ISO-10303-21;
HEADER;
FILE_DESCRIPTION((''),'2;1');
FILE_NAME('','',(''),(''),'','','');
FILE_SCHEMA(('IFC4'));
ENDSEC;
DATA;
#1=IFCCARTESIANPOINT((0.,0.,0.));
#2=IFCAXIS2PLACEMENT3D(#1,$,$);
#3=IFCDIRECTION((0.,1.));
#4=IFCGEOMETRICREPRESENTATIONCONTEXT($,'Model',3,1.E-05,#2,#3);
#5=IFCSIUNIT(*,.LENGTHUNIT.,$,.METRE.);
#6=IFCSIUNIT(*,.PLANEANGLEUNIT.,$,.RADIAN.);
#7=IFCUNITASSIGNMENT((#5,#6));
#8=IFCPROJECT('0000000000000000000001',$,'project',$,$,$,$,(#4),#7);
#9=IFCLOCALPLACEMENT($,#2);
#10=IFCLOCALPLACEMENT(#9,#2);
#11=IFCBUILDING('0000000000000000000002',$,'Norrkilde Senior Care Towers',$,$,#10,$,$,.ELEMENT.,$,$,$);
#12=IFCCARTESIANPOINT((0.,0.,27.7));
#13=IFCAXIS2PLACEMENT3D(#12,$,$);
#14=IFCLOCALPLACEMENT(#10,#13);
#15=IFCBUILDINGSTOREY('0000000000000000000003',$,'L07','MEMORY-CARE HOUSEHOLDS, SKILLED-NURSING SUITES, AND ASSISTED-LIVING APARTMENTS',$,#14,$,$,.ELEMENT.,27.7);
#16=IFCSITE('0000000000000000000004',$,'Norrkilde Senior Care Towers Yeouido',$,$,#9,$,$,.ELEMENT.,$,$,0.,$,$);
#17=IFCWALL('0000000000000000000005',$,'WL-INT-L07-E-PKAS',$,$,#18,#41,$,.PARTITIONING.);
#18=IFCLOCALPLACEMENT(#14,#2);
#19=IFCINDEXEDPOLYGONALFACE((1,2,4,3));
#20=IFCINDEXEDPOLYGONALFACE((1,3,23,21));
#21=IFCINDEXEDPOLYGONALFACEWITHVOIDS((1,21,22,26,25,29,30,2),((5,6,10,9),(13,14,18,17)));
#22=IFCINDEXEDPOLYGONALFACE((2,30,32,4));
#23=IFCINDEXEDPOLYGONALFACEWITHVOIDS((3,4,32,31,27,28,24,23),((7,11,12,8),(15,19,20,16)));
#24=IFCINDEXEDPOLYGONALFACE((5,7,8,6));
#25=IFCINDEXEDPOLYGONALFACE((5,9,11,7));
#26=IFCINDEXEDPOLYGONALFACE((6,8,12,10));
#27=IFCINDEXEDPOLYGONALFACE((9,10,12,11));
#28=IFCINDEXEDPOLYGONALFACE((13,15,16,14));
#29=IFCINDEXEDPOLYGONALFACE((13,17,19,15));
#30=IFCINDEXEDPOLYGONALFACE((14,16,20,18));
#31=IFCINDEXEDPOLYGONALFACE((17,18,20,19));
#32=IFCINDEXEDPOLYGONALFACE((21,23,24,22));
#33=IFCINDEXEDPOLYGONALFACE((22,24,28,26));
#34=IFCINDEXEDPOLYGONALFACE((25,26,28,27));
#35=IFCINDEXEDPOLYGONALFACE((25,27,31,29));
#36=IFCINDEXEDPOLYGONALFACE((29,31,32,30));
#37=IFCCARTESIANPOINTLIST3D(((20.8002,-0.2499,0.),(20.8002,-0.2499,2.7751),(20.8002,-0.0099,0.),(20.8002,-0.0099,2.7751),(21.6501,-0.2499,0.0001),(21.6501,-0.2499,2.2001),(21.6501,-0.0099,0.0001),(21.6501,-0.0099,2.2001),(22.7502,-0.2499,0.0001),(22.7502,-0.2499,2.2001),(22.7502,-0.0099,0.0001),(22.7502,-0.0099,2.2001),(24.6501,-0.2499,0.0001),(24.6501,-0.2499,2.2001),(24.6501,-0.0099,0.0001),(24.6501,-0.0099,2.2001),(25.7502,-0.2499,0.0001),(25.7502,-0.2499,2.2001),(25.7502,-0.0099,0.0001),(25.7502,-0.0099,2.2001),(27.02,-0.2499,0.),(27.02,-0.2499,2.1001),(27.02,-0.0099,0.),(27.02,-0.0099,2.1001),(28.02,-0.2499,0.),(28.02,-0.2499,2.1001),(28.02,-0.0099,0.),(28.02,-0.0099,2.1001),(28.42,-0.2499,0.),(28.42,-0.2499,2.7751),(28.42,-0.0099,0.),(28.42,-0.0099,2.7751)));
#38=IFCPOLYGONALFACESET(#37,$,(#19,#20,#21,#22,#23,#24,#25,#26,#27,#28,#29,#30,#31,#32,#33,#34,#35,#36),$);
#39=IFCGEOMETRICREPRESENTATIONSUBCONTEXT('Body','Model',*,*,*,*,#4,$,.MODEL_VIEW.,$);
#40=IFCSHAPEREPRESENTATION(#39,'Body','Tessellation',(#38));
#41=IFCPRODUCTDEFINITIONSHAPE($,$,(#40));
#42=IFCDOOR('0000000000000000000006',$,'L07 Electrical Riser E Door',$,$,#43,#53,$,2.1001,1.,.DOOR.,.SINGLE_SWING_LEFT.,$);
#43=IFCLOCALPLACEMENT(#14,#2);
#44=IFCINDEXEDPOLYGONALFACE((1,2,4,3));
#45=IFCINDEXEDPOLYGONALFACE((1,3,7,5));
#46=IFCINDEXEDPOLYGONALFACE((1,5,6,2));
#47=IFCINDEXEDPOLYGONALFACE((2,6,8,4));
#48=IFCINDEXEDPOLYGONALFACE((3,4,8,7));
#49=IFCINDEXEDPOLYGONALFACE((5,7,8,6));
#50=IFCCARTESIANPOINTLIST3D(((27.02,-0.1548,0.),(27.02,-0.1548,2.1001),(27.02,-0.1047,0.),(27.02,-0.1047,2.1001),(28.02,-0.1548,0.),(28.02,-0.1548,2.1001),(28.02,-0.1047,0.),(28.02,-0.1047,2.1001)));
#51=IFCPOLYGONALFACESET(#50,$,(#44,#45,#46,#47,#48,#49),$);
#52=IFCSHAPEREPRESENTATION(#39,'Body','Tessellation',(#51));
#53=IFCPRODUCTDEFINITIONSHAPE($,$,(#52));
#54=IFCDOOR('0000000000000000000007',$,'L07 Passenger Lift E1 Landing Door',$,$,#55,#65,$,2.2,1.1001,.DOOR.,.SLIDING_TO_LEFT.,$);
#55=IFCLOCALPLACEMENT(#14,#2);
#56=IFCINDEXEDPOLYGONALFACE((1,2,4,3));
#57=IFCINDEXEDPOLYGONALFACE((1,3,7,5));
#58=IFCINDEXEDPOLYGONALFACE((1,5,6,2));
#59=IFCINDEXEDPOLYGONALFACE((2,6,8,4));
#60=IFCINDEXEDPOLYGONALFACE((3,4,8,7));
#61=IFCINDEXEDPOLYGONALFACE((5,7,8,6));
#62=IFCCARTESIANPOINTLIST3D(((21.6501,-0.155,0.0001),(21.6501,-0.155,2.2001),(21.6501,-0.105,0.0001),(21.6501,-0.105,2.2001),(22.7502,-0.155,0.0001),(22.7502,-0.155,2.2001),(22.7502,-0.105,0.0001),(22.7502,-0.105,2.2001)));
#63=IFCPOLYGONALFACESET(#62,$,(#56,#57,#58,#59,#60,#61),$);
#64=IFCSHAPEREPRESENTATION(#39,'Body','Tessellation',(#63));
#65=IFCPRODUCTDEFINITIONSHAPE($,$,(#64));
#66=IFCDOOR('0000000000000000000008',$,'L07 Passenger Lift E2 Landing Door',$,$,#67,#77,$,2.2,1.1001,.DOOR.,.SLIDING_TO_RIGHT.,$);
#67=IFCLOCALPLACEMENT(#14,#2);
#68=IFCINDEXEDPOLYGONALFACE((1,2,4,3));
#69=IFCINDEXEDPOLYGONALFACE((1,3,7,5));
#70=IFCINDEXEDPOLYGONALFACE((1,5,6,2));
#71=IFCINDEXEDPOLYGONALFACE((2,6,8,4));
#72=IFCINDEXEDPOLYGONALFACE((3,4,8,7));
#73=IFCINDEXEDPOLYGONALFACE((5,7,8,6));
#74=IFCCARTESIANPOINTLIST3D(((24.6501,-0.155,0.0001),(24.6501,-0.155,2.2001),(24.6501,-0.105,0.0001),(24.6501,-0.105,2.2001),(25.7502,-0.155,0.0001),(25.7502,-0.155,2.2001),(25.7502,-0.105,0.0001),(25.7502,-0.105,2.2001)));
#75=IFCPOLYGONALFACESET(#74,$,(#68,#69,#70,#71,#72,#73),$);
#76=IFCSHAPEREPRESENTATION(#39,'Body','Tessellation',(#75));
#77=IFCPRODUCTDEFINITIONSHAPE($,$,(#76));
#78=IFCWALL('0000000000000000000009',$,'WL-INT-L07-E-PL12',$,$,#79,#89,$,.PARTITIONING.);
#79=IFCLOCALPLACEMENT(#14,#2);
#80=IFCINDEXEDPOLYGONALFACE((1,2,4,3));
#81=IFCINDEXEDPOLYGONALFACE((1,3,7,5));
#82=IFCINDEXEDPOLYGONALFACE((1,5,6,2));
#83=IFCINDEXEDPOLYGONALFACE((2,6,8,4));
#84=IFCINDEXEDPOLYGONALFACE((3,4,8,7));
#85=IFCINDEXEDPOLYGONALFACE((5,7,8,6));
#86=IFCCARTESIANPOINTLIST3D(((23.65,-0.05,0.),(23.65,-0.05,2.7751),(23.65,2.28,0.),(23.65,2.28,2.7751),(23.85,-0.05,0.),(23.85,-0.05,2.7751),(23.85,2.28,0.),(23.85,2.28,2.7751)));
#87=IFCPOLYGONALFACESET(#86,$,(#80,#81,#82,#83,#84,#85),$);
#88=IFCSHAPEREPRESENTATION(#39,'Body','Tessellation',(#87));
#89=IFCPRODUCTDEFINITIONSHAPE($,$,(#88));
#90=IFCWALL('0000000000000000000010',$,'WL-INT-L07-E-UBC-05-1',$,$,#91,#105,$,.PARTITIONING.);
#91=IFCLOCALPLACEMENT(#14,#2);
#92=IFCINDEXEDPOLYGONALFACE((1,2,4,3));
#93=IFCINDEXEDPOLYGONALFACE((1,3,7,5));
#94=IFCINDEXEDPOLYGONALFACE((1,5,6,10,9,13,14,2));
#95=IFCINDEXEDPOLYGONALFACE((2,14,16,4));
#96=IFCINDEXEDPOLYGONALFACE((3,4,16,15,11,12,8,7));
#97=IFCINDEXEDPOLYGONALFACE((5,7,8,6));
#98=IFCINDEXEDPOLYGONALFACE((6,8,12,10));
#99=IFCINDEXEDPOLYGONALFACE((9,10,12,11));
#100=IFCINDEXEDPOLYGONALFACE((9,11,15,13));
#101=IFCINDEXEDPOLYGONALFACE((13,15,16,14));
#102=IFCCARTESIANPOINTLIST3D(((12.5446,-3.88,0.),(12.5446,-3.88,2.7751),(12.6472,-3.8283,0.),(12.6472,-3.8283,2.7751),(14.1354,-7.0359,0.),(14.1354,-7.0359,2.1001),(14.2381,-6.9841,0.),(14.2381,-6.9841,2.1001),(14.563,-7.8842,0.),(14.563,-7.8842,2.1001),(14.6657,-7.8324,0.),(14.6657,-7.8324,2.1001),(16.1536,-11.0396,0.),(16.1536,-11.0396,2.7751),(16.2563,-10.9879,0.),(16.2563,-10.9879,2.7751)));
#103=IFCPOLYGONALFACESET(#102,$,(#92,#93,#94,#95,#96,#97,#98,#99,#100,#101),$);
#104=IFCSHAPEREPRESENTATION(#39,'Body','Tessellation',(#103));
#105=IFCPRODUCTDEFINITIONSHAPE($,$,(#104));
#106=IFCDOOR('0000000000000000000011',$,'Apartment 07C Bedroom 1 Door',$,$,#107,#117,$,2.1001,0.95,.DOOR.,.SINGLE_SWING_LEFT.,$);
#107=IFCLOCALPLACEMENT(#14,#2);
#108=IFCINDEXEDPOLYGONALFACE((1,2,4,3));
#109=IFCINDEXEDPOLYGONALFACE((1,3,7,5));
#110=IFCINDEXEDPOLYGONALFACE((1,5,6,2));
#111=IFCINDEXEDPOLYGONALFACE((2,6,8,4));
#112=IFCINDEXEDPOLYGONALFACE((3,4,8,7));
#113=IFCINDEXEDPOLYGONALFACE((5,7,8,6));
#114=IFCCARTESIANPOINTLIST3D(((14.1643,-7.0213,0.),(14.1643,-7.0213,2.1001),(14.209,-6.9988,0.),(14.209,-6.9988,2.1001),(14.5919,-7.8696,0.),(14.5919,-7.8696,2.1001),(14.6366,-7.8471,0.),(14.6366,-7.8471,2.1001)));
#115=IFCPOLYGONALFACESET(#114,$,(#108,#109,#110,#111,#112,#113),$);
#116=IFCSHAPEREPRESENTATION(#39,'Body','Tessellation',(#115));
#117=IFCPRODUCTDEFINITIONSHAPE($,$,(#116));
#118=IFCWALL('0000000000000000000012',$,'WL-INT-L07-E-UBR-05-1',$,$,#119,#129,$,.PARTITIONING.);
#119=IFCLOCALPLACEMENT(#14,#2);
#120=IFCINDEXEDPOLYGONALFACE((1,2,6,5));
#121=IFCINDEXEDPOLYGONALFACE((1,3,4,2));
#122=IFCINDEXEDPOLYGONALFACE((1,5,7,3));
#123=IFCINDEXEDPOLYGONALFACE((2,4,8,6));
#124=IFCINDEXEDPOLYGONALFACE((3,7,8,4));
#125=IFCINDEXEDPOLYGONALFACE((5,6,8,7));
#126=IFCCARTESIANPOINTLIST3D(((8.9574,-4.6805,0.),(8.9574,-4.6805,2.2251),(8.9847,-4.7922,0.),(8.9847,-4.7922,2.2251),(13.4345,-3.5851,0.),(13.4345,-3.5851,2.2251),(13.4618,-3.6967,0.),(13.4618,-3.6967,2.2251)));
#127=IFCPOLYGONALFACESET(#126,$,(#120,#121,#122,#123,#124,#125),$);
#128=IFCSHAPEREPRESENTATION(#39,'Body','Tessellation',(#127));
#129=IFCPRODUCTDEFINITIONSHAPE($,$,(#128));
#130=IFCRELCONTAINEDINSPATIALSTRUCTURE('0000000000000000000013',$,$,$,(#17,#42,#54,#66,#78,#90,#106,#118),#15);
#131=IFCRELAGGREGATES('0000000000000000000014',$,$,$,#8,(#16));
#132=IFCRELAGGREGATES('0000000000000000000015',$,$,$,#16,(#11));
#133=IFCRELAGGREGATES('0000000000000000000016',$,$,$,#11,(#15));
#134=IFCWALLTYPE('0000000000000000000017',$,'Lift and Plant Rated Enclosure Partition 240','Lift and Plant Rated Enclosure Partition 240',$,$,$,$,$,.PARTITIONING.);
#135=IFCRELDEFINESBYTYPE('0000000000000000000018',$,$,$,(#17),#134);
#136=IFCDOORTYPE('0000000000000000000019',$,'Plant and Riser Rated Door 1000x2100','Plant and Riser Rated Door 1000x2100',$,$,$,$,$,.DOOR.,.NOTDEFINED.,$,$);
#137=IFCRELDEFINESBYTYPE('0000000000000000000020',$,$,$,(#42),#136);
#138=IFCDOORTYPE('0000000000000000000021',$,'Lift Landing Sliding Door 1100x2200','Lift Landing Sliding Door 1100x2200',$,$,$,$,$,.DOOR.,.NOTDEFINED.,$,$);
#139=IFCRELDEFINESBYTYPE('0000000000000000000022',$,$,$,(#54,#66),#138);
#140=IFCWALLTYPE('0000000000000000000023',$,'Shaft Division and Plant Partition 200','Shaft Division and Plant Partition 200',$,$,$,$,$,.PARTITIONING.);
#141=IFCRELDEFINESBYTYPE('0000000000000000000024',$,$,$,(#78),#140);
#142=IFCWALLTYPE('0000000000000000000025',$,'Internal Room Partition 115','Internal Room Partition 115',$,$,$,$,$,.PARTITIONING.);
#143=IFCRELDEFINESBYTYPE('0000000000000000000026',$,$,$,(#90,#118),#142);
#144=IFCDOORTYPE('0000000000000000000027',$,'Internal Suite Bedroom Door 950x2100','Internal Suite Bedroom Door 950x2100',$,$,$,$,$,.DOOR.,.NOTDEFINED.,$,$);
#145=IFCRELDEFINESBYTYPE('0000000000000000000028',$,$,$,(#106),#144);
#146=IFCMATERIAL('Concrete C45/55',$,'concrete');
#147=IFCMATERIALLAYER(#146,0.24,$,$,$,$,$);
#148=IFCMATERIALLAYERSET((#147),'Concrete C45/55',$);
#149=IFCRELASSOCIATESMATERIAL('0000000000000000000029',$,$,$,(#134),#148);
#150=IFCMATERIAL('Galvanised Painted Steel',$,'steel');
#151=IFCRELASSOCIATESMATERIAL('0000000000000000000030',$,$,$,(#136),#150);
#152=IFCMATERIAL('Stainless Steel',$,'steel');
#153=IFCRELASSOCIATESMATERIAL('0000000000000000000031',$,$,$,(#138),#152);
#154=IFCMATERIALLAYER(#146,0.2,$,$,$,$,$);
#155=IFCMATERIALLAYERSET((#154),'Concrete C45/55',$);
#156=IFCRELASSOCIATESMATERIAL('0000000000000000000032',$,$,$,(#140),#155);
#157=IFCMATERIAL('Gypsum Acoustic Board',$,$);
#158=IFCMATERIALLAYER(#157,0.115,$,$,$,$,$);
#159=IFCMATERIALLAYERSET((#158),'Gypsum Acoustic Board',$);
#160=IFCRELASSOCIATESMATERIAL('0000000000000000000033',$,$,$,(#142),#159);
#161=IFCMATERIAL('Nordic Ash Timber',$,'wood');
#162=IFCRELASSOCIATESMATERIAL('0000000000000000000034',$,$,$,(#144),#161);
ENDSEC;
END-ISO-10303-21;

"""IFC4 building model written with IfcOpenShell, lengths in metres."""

from ifc_helpers import new_model, si_unit, direction, frame, frame_2d, origin, place, context, subcontext, project, spatial, rectangle, extrude, source, transform, mapped, material, layer, layer_set, type_object, type_shapes, element, fill, save


model = new_model("IFC4")

# Units and contexts
model_context = context("Model", 3, precision=1e-05, world=origin(), true_north=direction((0.0, 1.0)))
body_context = subcontext(model_context, "Body", "Model", "MODEL_VIEW")
ifc_project = project(units=[si_unit("LENGTHUNIT", "METRE"), si_unit("PLANEANGLEUNIT", "RADIAN")], contexts=[model_context])

# Site, building, storey
site_placement = place(None, origin())
site = spatial("IfcSite", under=ifc_project, at=site_placement, Name="Norrkilde Senior Care Towers Yeouido", CompositionType="ELEMENT", RefElevation=0.0)
building_placement = place(site_placement, origin())
building = spatial("IfcBuilding", under=site, at=building_placement, Name="Norrkilde Senior Care Towers", CompositionType="ELEMENT")
storey_placement = place(building_placement, frame((0.0, 0.0, 27.7)))
storey = spatial("IfcBuildingStorey", under=building, at=storey_placement, Name="L07", Description="MEMORY-CARE HOUSEHOLDS, SKILLED-NURSING SUITES, AND ASSISTED-LIVING APARTMENTS", CompositionType="ELEMENT", Elevation=27.7)

# Shared definitions
ifc_material_1 = material(Name="Galvanised Painted Steel", Category="steel")
ifc_material_2 = material(Name="Concrete C45/55", Category="concrete")

# Wall, openings, doors
ifc_layer_1 = layer(ifc_material_2, 0.24)
ifc_layer_set_1 = layer_set([ifc_layer_1], Name="Concrete C45/55")
wall_type_1 = type_object("IfcWallType", Name="Lift and Plant Rated Enclosure Partition 240", Description="Lift and Plant Rated Enclosure Partition 240", PredefinedType="PARTITIONING", material=ifc_layer_set_1)
shared_shape_1 = source(origin(), body_context, "Body", "SweptSolid", [
    extrude(rectangle(XDim=7.6199, YDim=0.24, at=frame_2d((3.8101, 0.0))), origin(), (0.0, 0.0, 1.0), 2.7751),
])
type_shapes(wall_type_1, [shared_shape_1])
wall_1_placement = place(storey_placement, frame((20.8, -0.1299, 0.0), z_axis=(0.0, 0.0, 1.0), x_axis=(1.0, 0.0, 0.0)))
wall_1 = element("IfcWall", 1, at=wall_1_placement, inside=storey, type_object=wall_type_1, Name="WL-INT-L07-E-PKAS", PredefinedType="PARTITIONING", context=body_context, shape_type="MappedRepresentation", body=[
    mapped(shared_shape_1, transform((0.0, 0.0, 0.0), x_axis=(1.0, 0.0, 0.0), y_axis=(0.0, 1.0, 0.0), z_axis=(0.0, 0.0, 1.0), scale=1.0)),
])
opening_1_placement = place(wall_1_placement, frame((6.22, 0.0, 0.0)))
opening_1 = element("IfcOpeningElement", 2, at=opening_1_placement, cuts=wall_1, PredefinedType="OPENING", context=body_context, shape_type="SweptSolid", body=[
    extrude(rectangle(XDim=1.0, YDim=2.1001, at=frame_2d((0.5, 1.05))), frame((0.0, 0.1299, 0.0), z_axis=(0.0, -1.0, 0.0), x_axis=(1.0, 0.0, 0.0)), (0.0, 0.0, 1.0), 0.26),
])
opening_2_placement = place(wall_1_placement, frame((0.8501, 0.0, 0.0)))
opening_2 = element("IfcOpeningElement", 3, at=opening_2_placement, cuts=wall_1, PredefinedType="OPENING", context=body_context, shape_type="SweptSolid", body=[
    extrude(rectangle(XDim=1.1001, YDim=2.2, at=frame_2d((0.55, 1.1001))), frame((0.0, 0.1299, 0.0), z_axis=(0.0, -1.0, 0.0), x_axis=(1.0, 0.0, 0.0)), (0.0, 0.0, 1.0), 0.26),
])
opening_3_placement = place(wall_1_placement, frame((3.8501, 0.0, 0.0)))
opening_3 = element("IfcOpeningElement", 4, at=opening_3_placement, cuts=wall_1, PredefinedType="OPENING", context=body_context, shape_type="SweptSolid", body=[
    extrude(rectangle(XDim=1.1001, YDim=2.2, at=frame_2d((0.55, 1.1001))), frame((0.0, 0.1299, 0.0), z_axis=(0.0, -1.0, 0.0), x_axis=(1.0, 0.0, 0.0)), (0.0, 0.0, 1.0), 0.26),
])
door_type_1 = type_object("IfcDoorType", Name="Plant and Riser Rated Door 1000x2100", Description="Plant and Riser Rated Door 1000x2100", OperationType="NOTDEFINED", PredefinedType="DOOR", material=ifc_material_1)
shared_shape_2 = source(origin(), body_context, "Body", "SweptSolid", [
    extrude(rectangle(XDim=1.0, YDim=2.1001, at=frame_2d((0.5, 1.05))), frame((0.0, 0.0249, 0.0), z_axis=(0.0, -1.0, 0.0), x_axis=(1.0, 0.0, 0.0)), (0.0, 0.0, 1.0), 0.05),
])
type_shapes(door_type_1, [shared_shape_2])
door_1_placement = place(opening_1_placement, frame((1.0, 0.0, 0.0), z_axis=(0.0, 0.0, 1.0), x_axis=(-1.0, 0.0, 0.0)))
door_1 = element("IfcDoor", 5, at=door_1_placement, inside=storey, type_object=door_type_1, Name="L07 Electrical Riser E Door", OperationType="SINGLE_SWING_LEFT", OverallHeight=2.1001, OverallWidth=1.0, PredefinedType="DOOR", context=body_context, shape_type="MappedRepresentation", body=[
    mapped(shared_shape_2, transform((0.0, 0.0, 0.0), x_axis=(1.0, 0.0, 0.0), y_axis=(0.0, 1.0, 0.0), z_axis=(0.0, 0.0, 1.0), scale=1.0)),
])
fill(opening_1, door_1)
ifc_material_3 = material(Name="Stainless Steel", Category="steel")
door_type_2 = type_object("IfcDoorType", Name="Lift Landing Sliding Door 1100x2200", Description="Lift Landing Sliding Door 1100x2200", OperationType="NOTDEFINED", PredefinedType="DOOR", material=ifc_material_3)
shared_shape_3 = source(origin(), body_context, "Body", "SweptSolid", [
    extrude(rectangle(XDim=1.1001, YDim=2.2, at=frame_2d((0.55, 1.1001))), frame((0.0, 0.0249, 0.0), z_axis=(0.0, -1.0, 0.0), x_axis=(1.0, 0.0, 0.0)), (0.0, 0.0, 1.0), 0.05),
])
type_shapes(door_type_2, [shared_shape_3])
door_2_placement = place(opening_2_placement, origin())
door_2 = element("IfcDoor", 6, at=door_2_placement, inside=storey, type_object=door_type_2, Name="L07 Passenger Lift E1 Landing Door", OperationType="SLIDING_TO_LEFT", OverallHeight=2.2, OverallWidth=1.1001, PredefinedType="DOOR", context=body_context, shape_type="MappedRepresentation", body=[
    mapped(shared_shape_3, transform((0.0, 0.0, 0.0), x_axis=(1.0, 0.0, 0.0), y_axis=(0.0, 1.0, 0.0), z_axis=(0.0, 0.0, 1.0), scale=1.0)),
])
fill(opening_2, door_2)
door_3_placement = place(opening_3_placement, origin())
door_3 = element("IfcDoor", 7, at=door_3_placement, inside=storey, type_object=door_type_2, Name="L07 Passenger Lift E2 Landing Door", OperationType="SLIDING_TO_RIGHT", OverallHeight=2.2, OverallWidth=1.1001, PredefinedType="DOOR", context=body_context, shape_type="MappedRepresentation", body=[
    mapped(shared_shape_3, transform((0.0, 0.0, 0.0), x_axis=(1.0, 0.0, 0.0), y_axis=(0.0, 1.0, 0.0), z_axis=(0.0, 0.0, 1.0), scale=1.0)),
])
fill(opening_3, door_3)

# Wall
ifc_layer_2 = layer(ifc_material_2, 0.2)
ifc_layer_set_2 = layer_set([ifc_layer_2], Name="Concrete C45/55")
wall_type_2 = type_object("IfcWallType", Name="Shaft Division and Plant Partition 200", Description="Shaft Division and Plant Partition 200", PredefinedType="PARTITIONING", material=ifc_layer_set_2)
shared_shape_4 = source(origin(), body_context, "Body", "SweptSolid", [
    extrude(rectangle(XDim=2.3301, YDim=0.2, at=frame_2d((1.165, 0.0))), origin(), (0.0, 0.0, 1.0), 2.7751),
])
type_shapes(wall_type_2, [shared_shape_4])
wall_2_placement = place(storey_placement, frame((23.75, -0.05, 0.0), z_axis=(0.0, 0.0, 1.0), x_axis=(0.0, 1.0, 0.0)))
element("IfcWall", 8, at=wall_2_placement, inside=storey, type_object=wall_type_2, Name="WL-INT-L07-E-PL12", PredefinedType="PARTITIONING", context=body_context, shape_type="MappedRepresentation", body=[
    mapped(shared_shape_4, transform((0.0, 0.0, 0.0), x_axis=(1.0, 0.0, 0.0), y_axis=(0.0, 1.0, 0.0), z_axis=(0.0, 0.0, 1.0), scale=1.0)),
])

# Wall, opening, door
ifc_material_4 = material(Name="Gypsum Acoustic Board")
ifc_layer_3 = layer(ifc_material_4, 0.115)
ifc_layer_set_3 = layer_set([ifc_layer_3], Name="Gypsum Acoustic Board")
wall_type_3 = type_object("IfcWallType", Name="Internal Room Partition 115", Description="Internal Room Partition 115", PredefinedType="PARTITIONING", material=ifc_layer_set_3)
shared_shape_5 = source(origin(), body_context, "Body", "SweptSolid", [
    extrude(rectangle(XDim=8.0178, YDim=0.115, at=frame_2d((4.0088, 0.0))), origin(), (0.0, 0.0, 1.0), 2.7751),
])
wall_3_placement = place(storey_placement, frame((12.5959, -3.8542, 0.0), z_axis=(0.0, 0.0, 1.0), x_axis=(0.450134, -0.892961, 0.0)))
wall_3 = element("IfcWall", 9, at=wall_3_placement, inside=storey, type_object=wall_type_3, Name="WL-INT-L07-E-UBC-05-1", PredefinedType="PARTITIONING", context=body_context, shape_type="MappedRepresentation", body=[
    mapped(shared_shape_5, transform((0.0, 0.0, 0.0), x_axis=(1.0, 0.0, 0.0), y_axis=(0.0, 1.0, 0.0), z_axis=(0.0, 0.0, 1.0), scale=1.0)),
])
opening_4_placement = place(wall_3_placement, frame((3.5339, 0.0, 0.0)))
opening_4 = element("IfcOpeningElement", 10, at=opening_4_placement, cuts=wall_3, PredefinedType="OPENING", context=body_context, shape_type="SweptSolid", body=[
    extrude(rectangle(XDim=0.95, YDim=2.1001, at=frame_2d((0.4751, 1.05))), frame((0.0, 0.0674, 0.0), z_axis=(0.0, -1.0, 0.0), x_axis=(1.0, 0.0, 0.0)), (0.0, 0.0, 1.0), 0.135),
])
ifc_material_5 = material(Name="Nordic Ash Timber", Category="wood")
door_type_3 = type_object("IfcDoorType", Name="Internal Suite Bedroom Door 950x2100", Description="Internal Suite Bedroom Door 950x2100", OperationType="NOTDEFINED", PredefinedType="DOOR", material=ifc_material_5)
shared_shape_6 = source(origin(), body_context, "Body", "SweptSolid", [
    extrude(rectangle(XDim=0.95, YDim=2.1001, at=frame_2d((0.4751, 1.05))), frame((0.0, 0.0249, 0.0), z_axis=(0.0, -1.0, 0.0), x_axis=(1.0, 0.0, 0.0)), (0.0, 0.0, 1.0), 0.05),
])
type_shapes(door_type_3, [shared_shape_6])
door_4_placement = place(opening_4_placement, origin())
door_4 = element("IfcDoor", 11, at=door_4_placement, inside=storey, type_object=door_type_3, Name="Apartment 07C Bedroom 1 Door", OperationType="SINGLE_SWING_LEFT", OverallHeight=2.1001, OverallWidth=0.95, PredefinedType="DOOR", context=body_context, shape_type="MappedRepresentation", body=[
    mapped(shared_shape_6, transform((0.0, 0.0, 0.0), x_axis=(1.0, 0.0, 0.0), y_axis=(0.0, 1.0, 0.0), z_axis=(0.0, 0.0, 1.0), scale=1.0)),
])
fill(opening_4, door_4)

# Wall
shared_shape_7 = source(origin(), body_context, "Body", "SweptSolid", [
    extrude(rectangle(XDim=4.6091, YDim=0.115, at=frame_2d((2.3047, 0.0))), origin(), (0.0, 0.0, 1.0), 2.2251),
])
type_shapes(wall_type_3, [shared_shape_5, shared_shape_7])
wall_4_placement = place(storey_placement, frame((13.4482, -3.6409, 0.0), z_axis=(0.0, 0.0, 1.0), x_axis=(-0.971345, -0.237672, 0.0)))
element("IfcWall", 12, at=wall_4_placement, inside=storey, type_object=wall_type_3, Name="WL-INT-L07-E-UBR-05-1", PredefinedType="PARTITIONING", context=body_context, shape_type="MappedRepresentation", body=[
    mapped(shared_shape_7, transform((0.0, 0.0, 0.0), x_axis=(1.0, 0.0, 0.0), y_axis=(0.0, 1.0, 0.0), z_axis=(0.0, 0.0, 1.0), scale=1.0)),
])

save(model, "model.ifc")
